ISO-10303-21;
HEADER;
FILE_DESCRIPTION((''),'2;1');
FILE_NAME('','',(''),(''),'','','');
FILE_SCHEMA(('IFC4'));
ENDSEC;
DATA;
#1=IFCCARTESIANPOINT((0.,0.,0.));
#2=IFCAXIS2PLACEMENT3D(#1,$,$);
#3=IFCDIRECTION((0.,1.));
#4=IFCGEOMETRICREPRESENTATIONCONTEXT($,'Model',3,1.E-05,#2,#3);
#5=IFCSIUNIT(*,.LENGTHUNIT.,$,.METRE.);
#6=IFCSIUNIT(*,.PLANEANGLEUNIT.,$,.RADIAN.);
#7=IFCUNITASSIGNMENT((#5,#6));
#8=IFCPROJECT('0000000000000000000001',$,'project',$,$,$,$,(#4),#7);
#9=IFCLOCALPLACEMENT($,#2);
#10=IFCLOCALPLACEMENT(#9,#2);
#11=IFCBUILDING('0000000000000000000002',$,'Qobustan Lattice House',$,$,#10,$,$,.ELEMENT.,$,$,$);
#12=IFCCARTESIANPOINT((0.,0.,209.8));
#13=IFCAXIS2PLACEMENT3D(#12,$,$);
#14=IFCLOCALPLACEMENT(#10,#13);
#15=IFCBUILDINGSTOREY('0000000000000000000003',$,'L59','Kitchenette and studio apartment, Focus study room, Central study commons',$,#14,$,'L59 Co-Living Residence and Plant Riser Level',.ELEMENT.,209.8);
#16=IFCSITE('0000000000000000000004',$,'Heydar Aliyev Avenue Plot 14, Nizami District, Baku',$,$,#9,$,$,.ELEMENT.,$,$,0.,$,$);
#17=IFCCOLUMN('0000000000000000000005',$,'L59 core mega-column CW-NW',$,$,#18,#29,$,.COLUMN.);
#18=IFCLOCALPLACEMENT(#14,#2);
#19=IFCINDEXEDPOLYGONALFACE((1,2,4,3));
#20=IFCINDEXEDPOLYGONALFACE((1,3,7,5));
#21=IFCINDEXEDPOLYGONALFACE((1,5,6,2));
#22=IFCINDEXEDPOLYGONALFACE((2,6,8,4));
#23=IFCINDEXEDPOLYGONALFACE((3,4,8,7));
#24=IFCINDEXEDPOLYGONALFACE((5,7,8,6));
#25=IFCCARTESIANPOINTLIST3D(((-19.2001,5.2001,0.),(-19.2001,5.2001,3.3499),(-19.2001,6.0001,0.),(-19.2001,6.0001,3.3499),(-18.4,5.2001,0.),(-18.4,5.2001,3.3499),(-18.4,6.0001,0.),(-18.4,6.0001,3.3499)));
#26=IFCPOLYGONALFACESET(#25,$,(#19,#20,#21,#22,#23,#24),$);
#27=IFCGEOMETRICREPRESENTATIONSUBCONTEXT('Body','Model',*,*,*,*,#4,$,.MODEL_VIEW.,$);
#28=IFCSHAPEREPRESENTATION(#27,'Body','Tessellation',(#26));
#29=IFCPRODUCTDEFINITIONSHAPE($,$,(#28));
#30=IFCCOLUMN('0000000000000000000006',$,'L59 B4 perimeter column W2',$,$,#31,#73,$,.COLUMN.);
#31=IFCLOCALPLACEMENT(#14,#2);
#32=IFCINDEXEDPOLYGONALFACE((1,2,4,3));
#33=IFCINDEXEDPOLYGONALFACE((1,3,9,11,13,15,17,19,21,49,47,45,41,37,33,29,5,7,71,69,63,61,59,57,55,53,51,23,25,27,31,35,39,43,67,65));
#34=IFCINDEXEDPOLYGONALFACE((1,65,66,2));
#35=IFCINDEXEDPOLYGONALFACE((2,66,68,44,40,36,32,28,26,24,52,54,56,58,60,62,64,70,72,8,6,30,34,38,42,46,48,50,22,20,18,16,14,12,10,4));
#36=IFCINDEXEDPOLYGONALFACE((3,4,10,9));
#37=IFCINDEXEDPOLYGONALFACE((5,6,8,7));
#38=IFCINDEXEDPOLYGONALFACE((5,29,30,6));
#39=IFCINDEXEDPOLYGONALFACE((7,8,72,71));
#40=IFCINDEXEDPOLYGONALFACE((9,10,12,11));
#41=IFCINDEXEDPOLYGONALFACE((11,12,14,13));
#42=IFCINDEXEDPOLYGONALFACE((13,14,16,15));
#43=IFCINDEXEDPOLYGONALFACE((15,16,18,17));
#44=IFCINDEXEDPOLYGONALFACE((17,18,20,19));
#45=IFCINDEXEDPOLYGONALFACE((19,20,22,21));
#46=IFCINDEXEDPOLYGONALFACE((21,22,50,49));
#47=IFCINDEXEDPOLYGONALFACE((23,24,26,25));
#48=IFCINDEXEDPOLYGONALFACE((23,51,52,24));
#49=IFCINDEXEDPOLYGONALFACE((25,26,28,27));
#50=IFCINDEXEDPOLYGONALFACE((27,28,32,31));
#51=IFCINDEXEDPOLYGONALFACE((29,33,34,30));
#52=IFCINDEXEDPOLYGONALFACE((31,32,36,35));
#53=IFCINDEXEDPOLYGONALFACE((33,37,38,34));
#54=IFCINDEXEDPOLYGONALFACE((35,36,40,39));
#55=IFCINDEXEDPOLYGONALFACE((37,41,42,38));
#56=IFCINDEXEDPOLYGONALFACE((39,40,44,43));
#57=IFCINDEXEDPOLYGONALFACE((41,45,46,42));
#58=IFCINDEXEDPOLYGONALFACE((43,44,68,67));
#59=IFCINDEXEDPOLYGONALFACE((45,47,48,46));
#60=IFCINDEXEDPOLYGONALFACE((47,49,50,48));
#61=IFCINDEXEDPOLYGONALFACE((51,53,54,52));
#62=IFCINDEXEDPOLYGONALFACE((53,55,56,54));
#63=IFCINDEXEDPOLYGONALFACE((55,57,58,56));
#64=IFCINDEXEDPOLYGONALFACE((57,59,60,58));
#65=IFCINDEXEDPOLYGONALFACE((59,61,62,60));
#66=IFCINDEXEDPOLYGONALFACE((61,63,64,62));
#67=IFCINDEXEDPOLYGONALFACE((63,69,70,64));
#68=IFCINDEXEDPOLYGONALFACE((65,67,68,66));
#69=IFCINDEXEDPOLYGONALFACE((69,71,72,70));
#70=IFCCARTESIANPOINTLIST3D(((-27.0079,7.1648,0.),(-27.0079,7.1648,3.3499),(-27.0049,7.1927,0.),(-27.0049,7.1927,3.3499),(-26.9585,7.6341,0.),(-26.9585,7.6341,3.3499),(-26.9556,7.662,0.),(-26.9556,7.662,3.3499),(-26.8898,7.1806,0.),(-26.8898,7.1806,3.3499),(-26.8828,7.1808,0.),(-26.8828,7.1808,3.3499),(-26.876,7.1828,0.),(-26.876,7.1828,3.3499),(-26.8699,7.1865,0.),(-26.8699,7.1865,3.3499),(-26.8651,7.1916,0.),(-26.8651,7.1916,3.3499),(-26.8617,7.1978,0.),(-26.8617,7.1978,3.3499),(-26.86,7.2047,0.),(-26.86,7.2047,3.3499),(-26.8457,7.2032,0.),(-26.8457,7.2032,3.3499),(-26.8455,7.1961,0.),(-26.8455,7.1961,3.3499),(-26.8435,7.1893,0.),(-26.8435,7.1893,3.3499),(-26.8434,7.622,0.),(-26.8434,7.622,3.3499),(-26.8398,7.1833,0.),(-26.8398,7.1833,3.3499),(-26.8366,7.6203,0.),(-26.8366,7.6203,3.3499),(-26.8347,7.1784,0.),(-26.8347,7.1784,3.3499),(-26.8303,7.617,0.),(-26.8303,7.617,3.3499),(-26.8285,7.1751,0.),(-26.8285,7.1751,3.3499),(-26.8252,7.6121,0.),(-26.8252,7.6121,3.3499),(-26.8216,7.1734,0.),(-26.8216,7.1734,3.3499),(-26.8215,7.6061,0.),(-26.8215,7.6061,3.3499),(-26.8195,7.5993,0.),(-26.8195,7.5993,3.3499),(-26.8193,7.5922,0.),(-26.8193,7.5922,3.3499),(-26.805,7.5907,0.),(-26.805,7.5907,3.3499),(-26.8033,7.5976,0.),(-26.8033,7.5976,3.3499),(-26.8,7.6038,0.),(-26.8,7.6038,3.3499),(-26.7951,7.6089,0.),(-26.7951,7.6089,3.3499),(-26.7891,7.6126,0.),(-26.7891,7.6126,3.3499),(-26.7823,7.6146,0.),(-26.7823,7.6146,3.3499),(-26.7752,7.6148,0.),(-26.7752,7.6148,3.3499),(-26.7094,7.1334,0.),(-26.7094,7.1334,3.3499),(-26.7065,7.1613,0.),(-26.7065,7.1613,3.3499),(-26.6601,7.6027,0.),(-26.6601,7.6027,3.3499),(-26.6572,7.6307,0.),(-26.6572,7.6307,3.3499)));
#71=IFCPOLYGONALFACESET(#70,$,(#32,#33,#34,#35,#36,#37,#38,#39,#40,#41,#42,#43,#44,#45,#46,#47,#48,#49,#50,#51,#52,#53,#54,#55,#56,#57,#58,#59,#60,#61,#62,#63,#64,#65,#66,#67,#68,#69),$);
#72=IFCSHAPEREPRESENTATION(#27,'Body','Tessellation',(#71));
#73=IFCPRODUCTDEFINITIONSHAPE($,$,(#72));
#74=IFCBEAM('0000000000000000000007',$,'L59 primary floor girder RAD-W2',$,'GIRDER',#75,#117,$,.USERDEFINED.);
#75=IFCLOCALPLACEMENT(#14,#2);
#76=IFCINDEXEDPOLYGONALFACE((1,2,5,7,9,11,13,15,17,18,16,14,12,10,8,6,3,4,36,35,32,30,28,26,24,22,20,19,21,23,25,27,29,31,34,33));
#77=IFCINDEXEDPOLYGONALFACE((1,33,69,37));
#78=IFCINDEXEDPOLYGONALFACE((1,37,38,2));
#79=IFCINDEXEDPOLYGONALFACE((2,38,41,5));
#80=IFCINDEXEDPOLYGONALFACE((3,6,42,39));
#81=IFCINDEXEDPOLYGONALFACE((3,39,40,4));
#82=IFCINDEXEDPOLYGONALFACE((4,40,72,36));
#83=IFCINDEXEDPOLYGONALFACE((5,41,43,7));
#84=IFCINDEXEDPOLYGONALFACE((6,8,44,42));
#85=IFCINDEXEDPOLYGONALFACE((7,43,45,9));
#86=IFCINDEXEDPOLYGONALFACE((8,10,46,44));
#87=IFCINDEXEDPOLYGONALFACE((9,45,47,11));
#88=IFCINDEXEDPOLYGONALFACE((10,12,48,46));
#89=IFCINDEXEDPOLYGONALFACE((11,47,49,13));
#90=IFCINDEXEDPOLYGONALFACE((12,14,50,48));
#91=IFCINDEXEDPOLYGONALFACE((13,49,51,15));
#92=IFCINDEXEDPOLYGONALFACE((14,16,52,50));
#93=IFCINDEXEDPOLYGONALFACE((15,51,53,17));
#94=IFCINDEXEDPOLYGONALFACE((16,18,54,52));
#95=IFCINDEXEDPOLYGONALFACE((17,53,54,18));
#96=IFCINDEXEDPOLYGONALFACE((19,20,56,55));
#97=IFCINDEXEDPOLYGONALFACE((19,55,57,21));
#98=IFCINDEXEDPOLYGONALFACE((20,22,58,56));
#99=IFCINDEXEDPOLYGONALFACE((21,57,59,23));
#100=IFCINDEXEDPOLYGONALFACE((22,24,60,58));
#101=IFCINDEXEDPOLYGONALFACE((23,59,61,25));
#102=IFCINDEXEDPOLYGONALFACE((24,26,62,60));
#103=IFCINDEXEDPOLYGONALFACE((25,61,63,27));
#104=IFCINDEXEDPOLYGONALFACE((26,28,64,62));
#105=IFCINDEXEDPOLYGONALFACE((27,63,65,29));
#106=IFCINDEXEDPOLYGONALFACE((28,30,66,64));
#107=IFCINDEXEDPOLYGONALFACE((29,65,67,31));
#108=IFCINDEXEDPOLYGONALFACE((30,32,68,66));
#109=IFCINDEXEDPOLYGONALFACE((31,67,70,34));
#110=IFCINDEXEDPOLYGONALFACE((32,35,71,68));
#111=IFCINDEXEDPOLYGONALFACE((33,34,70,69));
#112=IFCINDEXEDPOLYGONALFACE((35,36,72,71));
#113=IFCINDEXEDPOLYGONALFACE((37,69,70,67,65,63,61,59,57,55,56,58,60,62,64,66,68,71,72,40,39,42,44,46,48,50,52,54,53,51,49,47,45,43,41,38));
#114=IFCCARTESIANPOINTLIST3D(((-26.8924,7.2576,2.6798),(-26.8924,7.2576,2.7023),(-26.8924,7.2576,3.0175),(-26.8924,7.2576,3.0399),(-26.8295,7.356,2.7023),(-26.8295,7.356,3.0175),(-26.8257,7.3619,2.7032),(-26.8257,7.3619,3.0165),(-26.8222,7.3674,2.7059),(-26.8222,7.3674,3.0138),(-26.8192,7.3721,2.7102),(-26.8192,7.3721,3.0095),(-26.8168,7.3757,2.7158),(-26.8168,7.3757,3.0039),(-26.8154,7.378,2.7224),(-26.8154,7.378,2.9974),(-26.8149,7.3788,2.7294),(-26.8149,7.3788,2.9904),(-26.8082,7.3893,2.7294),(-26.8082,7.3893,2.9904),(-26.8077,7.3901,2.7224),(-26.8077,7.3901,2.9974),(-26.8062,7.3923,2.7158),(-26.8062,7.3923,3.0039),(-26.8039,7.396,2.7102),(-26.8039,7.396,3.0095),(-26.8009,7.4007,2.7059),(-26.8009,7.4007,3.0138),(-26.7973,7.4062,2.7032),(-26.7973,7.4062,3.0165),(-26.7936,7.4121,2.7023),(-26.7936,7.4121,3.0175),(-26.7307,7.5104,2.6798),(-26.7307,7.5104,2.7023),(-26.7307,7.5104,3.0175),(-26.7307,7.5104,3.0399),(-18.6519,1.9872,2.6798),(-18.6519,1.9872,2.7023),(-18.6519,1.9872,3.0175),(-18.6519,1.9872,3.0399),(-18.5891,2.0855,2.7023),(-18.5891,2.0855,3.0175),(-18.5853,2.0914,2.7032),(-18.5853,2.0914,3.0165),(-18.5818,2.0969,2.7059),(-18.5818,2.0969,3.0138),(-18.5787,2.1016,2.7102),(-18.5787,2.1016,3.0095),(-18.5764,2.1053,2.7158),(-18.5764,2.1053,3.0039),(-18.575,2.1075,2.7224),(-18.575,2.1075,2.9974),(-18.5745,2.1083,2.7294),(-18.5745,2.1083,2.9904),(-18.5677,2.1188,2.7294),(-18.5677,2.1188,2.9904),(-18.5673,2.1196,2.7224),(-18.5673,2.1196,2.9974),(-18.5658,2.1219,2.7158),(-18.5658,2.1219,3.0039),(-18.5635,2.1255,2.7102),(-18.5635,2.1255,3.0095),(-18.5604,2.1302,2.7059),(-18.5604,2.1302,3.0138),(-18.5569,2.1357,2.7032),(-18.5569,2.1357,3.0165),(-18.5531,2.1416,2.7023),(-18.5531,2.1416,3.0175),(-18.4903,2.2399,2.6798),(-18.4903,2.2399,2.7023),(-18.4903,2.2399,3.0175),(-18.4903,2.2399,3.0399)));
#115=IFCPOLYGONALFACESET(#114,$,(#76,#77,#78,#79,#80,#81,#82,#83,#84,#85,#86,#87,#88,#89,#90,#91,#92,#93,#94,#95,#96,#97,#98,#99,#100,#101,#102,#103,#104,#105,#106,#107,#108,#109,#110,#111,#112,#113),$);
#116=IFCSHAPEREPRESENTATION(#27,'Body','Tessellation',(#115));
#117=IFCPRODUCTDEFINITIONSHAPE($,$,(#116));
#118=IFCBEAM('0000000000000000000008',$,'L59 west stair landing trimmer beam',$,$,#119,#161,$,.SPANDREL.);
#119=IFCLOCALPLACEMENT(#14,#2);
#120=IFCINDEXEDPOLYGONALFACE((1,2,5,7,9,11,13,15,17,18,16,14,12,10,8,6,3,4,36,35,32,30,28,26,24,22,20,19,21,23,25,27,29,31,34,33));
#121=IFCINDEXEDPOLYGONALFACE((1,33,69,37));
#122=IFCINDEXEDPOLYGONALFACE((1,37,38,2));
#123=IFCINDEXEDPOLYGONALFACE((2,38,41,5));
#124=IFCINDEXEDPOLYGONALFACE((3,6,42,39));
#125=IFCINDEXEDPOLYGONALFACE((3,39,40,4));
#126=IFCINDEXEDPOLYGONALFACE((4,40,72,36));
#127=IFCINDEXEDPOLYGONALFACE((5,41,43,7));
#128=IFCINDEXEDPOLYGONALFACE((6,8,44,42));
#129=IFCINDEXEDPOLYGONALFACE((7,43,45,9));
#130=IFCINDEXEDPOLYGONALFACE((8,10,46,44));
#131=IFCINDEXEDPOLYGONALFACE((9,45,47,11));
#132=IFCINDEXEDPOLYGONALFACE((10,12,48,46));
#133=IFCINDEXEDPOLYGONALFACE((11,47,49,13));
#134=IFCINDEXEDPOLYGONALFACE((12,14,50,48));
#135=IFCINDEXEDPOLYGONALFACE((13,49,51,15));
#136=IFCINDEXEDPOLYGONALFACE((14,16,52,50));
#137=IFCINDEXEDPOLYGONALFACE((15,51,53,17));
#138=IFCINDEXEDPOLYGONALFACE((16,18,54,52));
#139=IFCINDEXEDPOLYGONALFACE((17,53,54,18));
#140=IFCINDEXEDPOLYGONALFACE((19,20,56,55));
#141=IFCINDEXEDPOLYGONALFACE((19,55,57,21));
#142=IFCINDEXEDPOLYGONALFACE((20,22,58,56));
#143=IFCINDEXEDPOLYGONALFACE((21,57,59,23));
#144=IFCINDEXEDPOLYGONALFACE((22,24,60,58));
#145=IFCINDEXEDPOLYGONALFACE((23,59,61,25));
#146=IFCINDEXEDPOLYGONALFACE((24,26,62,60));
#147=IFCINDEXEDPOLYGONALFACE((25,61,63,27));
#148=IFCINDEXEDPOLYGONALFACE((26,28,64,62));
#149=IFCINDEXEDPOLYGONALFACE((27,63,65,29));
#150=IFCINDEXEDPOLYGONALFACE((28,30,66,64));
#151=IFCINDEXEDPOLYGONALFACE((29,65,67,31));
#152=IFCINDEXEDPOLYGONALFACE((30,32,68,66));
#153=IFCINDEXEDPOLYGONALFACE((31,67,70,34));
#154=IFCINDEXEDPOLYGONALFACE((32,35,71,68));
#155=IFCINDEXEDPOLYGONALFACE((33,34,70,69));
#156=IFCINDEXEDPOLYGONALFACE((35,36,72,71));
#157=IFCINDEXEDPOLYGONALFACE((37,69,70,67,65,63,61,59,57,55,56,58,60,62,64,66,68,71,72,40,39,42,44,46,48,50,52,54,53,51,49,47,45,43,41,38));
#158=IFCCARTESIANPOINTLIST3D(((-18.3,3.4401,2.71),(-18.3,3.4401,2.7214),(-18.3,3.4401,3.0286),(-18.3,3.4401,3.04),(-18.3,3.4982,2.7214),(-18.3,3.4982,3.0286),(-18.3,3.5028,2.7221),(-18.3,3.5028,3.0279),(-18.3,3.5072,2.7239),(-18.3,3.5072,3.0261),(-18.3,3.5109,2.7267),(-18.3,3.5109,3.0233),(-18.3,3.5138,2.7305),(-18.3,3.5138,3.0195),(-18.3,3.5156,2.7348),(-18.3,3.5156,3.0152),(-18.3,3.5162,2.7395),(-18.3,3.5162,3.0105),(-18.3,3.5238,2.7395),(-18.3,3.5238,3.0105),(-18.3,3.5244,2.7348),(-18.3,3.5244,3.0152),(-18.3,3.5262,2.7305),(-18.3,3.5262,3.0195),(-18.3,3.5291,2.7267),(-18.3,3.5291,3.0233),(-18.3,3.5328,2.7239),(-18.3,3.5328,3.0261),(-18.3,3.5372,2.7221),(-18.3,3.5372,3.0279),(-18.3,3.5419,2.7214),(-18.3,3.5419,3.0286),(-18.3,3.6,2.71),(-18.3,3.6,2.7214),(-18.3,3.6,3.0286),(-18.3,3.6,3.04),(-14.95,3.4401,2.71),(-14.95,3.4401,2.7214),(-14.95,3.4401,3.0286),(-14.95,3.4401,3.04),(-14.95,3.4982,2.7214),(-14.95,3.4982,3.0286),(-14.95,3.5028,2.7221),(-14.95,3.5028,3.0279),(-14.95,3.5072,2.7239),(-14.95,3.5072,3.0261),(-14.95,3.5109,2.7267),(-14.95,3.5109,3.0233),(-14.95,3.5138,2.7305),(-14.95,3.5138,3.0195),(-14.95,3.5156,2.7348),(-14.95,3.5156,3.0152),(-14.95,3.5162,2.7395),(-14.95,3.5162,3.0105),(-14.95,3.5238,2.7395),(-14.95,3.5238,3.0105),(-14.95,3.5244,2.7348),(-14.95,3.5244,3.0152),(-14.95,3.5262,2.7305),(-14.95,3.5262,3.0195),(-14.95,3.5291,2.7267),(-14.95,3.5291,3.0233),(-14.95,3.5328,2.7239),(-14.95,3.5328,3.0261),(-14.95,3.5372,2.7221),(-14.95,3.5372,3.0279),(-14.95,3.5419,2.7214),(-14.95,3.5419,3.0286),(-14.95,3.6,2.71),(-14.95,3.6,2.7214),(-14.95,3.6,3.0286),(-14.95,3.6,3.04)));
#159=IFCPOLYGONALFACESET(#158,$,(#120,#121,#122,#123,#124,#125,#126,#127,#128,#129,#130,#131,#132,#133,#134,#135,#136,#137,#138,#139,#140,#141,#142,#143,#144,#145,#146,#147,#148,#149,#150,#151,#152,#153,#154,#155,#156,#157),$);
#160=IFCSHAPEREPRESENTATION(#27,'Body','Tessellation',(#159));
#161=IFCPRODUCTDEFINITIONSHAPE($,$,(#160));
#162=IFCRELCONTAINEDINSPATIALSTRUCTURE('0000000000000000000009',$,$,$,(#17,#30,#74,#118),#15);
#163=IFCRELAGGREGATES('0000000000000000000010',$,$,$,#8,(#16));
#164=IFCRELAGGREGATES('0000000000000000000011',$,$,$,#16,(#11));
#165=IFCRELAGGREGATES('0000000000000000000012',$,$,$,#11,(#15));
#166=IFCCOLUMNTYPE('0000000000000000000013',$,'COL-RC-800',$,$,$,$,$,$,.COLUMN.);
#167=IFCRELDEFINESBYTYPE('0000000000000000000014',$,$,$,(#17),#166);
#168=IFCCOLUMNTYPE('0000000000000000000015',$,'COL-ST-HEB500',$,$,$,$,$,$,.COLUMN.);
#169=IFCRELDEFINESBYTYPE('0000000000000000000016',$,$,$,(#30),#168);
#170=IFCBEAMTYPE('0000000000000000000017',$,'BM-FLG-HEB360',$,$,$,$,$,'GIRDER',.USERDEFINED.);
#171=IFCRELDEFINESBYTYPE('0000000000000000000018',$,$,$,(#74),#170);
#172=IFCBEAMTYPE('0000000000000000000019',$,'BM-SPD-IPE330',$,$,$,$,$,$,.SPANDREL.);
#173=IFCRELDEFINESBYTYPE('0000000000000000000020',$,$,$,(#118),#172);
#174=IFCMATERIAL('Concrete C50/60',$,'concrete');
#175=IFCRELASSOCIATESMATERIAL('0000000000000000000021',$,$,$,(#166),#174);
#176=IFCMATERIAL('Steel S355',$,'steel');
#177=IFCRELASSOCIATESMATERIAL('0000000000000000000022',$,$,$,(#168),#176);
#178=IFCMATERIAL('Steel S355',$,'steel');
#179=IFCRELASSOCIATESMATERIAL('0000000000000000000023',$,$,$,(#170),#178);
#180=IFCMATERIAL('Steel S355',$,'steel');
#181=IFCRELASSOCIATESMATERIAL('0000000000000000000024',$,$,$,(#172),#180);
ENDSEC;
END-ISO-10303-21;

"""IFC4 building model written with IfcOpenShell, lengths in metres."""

from ifc_helpers import new_model, si_unit, direction, frame, origin, origin_2d, place, context, subcontext, project, spatial, rectangle, i_section, extrude, material, material_profile, profile_set, type_object, element, save


model = new_model("IFC4")

# Units and contexts
model_context = context("Model", 3, precision=1e-05, world=origin(), true_north=direction((0.0, 1.0)))
body_context = subcontext(model_context, "Body", "Model", "MODEL_VIEW")
ifc_project = project(units=[si_unit("LENGTHUNIT", "METRE"), si_unit("PLANEANGLEUNIT", "RADIAN")], contexts=[model_context])

# Site, building, storey
site_placement = place(None, origin())
site = spatial("IfcSite", under=ifc_project, at=site_placement, Name="Heydar Aliyev Avenue Plot 14, Nizami District, Baku", CompositionType="ELEMENT", RefElevation=0.0)
building_placement = place(site_placement, origin())
building = spatial("IfcBuilding", under=site, at=building_placement, Name="Qobustan Lattice House", CompositionType="ELEMENT")
storey_placement = place(building_placement, frame((0.0, 0.0, 209.8)))
storey = spatial("IfcBuildingStorey", under=building, at=storey_placement, Name="L59", Description="Kitchenette and studio apartment, Focus study room, Central study commons", LongName="L59 Co-Living Residence and Plant Riser Level", CompositionType="ELEMENT", Elevation=209.8)

# Columns
ifc_material_1 = material(Name="Concrete C50/60", Category="concrete")
ifc_material_profile_1 = material_profile(ifc_material_1, rectangle(XDim=0.8, YDim=0.8, at=origin_2d()), Name="RC800x800")
ifc_profile_set_1 = profile_set([ifc_material_profile_1], Name="Concrete C50/60")
column_type_1 = type_object("IfcColumnType", Name="COL-RC-800", PredefinedType="COLUMN", material=ifc_profile_set_1)
column_1_placement = place(storey_placement, frame((-18.8, 5.6001, 0.0), z_axis=(0.0, 0.0, 1.0), x_axis=(1.0, 0.0, 0.0)))
element("IfcColumn", 1, at=column_1_placement, inside=storey, type_object=column_type_1, Name="L59 core mega-column CW-NW", PredefinedType="COLUMN", context=body_context, shape_type="SweptSolid", body=[
    extrude(rectangle(XDim=0.8, YDim=0.8, at=origin_2d()), origin(), (0.0, 0.0, 1.0), 3.3499),
])
ifc_material_2 = material(Name="Steel S355", Category="steel")
ifc_material_profile_2 = material_profile(ifc_material_2, i_section(OverallWidth=0.3, OverallDepth=0.5, WebThickness=0.0144, FlangeThickness=0.0281, FilletRadius=0.0271, at=origin_2d()), Name="HEB500")
ifc_profile_set_2 = profile_set([ifc_material_profile_2], Name="Steel S355")
column_type_2 = type_object("IfcColumnType", Name="COL-ST-HEB500", PredefinedType="COLUMN", material=ifc_profile_set_2)
column_2_placement = place(storey_placement, frame((-26.8325, 7.3977, 0.0), z_axis=(0.0, 0.0, 1.0), x_axis=(0.994522, -0.104528, 0.0)))
element("IfcColumn", 2, at=column_2_placement, inside=storey, type_object=column_type_2, Name="L59 B4 perimeter column W2", PredefinedType="COLUMN", context=body_context, shape_type="SweptSolid", body=[
    extrude(i_section(OverallWidth=0.3, OverallDepth=0.5, WebThickness=0.0144, FlangeThickness=0.0281, FilletRadius=0.0271, at=origin_2d()), origin(), (0.0, 0.0, 1.0), 3.3499),
])

# Beams
ifc_material_3 = material(Name="Steel S355", Category="steel")
ifc_material_profile_3 = material_profile(ifc_material_3, i_section(OverallWidth=0.3, OverallDepth=0.3601, WebThickness=0.0125, FlangeThickness=0.0225, FilletRadius=0.0271, at=origin_2d()), Name="HEB360")
ifc_profile_set_3 = profile_set([ifc_material_profile_3], Name="Steel S355")
beam_type_1 = type_object("IfcBeamType", Name="BM-FLG-HEB360", ElementType="GIRDER", PredefinedType="USERDEFINED", material=ifc_profile_set_3)
beam_1_placement = place(storey_placement, frame((-26.8115, 7.384, 2.8599), z_axis=(0.842429, -0.538807, 0.0), x_axis=(0.538807, 0.842429, 0.0)))
element("IfcBeam", 3, at=beam_1_placement, inside=storey, type_object=beam_type_1, Name="L59 primary floor girder RAD-W2", ObjectType="GIRDER", PredefinedType="USERDEFINED", context=body_context, shape_type="SweptSolid", body=[
    extrude(i_section(OverallWidth=0.3, OverallDepth=0.3601, WebThickness=0.0125, FlangeThickness=0.0225, FilletRadius=0.0271, at=origin_2d()), origin(), (0.0, 0.0, 1.0), 9.7817),
])
ifc_material_4 = material(Name="Steel S355", Category="steel")
ifc_material_profile_4 = material_profile(ifc_material_4, i_section(OverallWidth=0.1599, OverallDepth=0.3301, WebThickness=0.0076, FlangeThickness=0.0115, FilletRadius=0.0181, at=origin_2d()), Name="IPE330")
ifc_profile_set_4 = profile_set([ifc_material_profile_4], Name="Steel S355")
beam_type_2 = type_object("IfcBeamType", Name="BM-SPD-IPE330", PredefinedType="SPANDREL", material=ifc_profile_set_4)
beam_2_placement = place(storey_placement, frame((-18.3, 3.52, 2.875), z_axis=(1.0, 0.0, 0.0), x_axis=(0.0, 1.0, 0.0)))
element("IfcBeam", 4, at=beam_2_placement, inside=storey, type_object=beam_type_2, Name="L59 west stair landing trimmer beam", PredefinedType="SPANDREL", context=body_context, shape_type="SweptSolid", body=[
    extrude(i_section(OverallWidth=0.1599, OverallDepth=0.3301, WebThickness=0.0076, FlangeThickness=0.0115, FilletRadius=0.0181, at=origin_2d()), origin(), (0.0, 0.0, 1.0), 3.3501),
])

save(model, "model.ifc")
